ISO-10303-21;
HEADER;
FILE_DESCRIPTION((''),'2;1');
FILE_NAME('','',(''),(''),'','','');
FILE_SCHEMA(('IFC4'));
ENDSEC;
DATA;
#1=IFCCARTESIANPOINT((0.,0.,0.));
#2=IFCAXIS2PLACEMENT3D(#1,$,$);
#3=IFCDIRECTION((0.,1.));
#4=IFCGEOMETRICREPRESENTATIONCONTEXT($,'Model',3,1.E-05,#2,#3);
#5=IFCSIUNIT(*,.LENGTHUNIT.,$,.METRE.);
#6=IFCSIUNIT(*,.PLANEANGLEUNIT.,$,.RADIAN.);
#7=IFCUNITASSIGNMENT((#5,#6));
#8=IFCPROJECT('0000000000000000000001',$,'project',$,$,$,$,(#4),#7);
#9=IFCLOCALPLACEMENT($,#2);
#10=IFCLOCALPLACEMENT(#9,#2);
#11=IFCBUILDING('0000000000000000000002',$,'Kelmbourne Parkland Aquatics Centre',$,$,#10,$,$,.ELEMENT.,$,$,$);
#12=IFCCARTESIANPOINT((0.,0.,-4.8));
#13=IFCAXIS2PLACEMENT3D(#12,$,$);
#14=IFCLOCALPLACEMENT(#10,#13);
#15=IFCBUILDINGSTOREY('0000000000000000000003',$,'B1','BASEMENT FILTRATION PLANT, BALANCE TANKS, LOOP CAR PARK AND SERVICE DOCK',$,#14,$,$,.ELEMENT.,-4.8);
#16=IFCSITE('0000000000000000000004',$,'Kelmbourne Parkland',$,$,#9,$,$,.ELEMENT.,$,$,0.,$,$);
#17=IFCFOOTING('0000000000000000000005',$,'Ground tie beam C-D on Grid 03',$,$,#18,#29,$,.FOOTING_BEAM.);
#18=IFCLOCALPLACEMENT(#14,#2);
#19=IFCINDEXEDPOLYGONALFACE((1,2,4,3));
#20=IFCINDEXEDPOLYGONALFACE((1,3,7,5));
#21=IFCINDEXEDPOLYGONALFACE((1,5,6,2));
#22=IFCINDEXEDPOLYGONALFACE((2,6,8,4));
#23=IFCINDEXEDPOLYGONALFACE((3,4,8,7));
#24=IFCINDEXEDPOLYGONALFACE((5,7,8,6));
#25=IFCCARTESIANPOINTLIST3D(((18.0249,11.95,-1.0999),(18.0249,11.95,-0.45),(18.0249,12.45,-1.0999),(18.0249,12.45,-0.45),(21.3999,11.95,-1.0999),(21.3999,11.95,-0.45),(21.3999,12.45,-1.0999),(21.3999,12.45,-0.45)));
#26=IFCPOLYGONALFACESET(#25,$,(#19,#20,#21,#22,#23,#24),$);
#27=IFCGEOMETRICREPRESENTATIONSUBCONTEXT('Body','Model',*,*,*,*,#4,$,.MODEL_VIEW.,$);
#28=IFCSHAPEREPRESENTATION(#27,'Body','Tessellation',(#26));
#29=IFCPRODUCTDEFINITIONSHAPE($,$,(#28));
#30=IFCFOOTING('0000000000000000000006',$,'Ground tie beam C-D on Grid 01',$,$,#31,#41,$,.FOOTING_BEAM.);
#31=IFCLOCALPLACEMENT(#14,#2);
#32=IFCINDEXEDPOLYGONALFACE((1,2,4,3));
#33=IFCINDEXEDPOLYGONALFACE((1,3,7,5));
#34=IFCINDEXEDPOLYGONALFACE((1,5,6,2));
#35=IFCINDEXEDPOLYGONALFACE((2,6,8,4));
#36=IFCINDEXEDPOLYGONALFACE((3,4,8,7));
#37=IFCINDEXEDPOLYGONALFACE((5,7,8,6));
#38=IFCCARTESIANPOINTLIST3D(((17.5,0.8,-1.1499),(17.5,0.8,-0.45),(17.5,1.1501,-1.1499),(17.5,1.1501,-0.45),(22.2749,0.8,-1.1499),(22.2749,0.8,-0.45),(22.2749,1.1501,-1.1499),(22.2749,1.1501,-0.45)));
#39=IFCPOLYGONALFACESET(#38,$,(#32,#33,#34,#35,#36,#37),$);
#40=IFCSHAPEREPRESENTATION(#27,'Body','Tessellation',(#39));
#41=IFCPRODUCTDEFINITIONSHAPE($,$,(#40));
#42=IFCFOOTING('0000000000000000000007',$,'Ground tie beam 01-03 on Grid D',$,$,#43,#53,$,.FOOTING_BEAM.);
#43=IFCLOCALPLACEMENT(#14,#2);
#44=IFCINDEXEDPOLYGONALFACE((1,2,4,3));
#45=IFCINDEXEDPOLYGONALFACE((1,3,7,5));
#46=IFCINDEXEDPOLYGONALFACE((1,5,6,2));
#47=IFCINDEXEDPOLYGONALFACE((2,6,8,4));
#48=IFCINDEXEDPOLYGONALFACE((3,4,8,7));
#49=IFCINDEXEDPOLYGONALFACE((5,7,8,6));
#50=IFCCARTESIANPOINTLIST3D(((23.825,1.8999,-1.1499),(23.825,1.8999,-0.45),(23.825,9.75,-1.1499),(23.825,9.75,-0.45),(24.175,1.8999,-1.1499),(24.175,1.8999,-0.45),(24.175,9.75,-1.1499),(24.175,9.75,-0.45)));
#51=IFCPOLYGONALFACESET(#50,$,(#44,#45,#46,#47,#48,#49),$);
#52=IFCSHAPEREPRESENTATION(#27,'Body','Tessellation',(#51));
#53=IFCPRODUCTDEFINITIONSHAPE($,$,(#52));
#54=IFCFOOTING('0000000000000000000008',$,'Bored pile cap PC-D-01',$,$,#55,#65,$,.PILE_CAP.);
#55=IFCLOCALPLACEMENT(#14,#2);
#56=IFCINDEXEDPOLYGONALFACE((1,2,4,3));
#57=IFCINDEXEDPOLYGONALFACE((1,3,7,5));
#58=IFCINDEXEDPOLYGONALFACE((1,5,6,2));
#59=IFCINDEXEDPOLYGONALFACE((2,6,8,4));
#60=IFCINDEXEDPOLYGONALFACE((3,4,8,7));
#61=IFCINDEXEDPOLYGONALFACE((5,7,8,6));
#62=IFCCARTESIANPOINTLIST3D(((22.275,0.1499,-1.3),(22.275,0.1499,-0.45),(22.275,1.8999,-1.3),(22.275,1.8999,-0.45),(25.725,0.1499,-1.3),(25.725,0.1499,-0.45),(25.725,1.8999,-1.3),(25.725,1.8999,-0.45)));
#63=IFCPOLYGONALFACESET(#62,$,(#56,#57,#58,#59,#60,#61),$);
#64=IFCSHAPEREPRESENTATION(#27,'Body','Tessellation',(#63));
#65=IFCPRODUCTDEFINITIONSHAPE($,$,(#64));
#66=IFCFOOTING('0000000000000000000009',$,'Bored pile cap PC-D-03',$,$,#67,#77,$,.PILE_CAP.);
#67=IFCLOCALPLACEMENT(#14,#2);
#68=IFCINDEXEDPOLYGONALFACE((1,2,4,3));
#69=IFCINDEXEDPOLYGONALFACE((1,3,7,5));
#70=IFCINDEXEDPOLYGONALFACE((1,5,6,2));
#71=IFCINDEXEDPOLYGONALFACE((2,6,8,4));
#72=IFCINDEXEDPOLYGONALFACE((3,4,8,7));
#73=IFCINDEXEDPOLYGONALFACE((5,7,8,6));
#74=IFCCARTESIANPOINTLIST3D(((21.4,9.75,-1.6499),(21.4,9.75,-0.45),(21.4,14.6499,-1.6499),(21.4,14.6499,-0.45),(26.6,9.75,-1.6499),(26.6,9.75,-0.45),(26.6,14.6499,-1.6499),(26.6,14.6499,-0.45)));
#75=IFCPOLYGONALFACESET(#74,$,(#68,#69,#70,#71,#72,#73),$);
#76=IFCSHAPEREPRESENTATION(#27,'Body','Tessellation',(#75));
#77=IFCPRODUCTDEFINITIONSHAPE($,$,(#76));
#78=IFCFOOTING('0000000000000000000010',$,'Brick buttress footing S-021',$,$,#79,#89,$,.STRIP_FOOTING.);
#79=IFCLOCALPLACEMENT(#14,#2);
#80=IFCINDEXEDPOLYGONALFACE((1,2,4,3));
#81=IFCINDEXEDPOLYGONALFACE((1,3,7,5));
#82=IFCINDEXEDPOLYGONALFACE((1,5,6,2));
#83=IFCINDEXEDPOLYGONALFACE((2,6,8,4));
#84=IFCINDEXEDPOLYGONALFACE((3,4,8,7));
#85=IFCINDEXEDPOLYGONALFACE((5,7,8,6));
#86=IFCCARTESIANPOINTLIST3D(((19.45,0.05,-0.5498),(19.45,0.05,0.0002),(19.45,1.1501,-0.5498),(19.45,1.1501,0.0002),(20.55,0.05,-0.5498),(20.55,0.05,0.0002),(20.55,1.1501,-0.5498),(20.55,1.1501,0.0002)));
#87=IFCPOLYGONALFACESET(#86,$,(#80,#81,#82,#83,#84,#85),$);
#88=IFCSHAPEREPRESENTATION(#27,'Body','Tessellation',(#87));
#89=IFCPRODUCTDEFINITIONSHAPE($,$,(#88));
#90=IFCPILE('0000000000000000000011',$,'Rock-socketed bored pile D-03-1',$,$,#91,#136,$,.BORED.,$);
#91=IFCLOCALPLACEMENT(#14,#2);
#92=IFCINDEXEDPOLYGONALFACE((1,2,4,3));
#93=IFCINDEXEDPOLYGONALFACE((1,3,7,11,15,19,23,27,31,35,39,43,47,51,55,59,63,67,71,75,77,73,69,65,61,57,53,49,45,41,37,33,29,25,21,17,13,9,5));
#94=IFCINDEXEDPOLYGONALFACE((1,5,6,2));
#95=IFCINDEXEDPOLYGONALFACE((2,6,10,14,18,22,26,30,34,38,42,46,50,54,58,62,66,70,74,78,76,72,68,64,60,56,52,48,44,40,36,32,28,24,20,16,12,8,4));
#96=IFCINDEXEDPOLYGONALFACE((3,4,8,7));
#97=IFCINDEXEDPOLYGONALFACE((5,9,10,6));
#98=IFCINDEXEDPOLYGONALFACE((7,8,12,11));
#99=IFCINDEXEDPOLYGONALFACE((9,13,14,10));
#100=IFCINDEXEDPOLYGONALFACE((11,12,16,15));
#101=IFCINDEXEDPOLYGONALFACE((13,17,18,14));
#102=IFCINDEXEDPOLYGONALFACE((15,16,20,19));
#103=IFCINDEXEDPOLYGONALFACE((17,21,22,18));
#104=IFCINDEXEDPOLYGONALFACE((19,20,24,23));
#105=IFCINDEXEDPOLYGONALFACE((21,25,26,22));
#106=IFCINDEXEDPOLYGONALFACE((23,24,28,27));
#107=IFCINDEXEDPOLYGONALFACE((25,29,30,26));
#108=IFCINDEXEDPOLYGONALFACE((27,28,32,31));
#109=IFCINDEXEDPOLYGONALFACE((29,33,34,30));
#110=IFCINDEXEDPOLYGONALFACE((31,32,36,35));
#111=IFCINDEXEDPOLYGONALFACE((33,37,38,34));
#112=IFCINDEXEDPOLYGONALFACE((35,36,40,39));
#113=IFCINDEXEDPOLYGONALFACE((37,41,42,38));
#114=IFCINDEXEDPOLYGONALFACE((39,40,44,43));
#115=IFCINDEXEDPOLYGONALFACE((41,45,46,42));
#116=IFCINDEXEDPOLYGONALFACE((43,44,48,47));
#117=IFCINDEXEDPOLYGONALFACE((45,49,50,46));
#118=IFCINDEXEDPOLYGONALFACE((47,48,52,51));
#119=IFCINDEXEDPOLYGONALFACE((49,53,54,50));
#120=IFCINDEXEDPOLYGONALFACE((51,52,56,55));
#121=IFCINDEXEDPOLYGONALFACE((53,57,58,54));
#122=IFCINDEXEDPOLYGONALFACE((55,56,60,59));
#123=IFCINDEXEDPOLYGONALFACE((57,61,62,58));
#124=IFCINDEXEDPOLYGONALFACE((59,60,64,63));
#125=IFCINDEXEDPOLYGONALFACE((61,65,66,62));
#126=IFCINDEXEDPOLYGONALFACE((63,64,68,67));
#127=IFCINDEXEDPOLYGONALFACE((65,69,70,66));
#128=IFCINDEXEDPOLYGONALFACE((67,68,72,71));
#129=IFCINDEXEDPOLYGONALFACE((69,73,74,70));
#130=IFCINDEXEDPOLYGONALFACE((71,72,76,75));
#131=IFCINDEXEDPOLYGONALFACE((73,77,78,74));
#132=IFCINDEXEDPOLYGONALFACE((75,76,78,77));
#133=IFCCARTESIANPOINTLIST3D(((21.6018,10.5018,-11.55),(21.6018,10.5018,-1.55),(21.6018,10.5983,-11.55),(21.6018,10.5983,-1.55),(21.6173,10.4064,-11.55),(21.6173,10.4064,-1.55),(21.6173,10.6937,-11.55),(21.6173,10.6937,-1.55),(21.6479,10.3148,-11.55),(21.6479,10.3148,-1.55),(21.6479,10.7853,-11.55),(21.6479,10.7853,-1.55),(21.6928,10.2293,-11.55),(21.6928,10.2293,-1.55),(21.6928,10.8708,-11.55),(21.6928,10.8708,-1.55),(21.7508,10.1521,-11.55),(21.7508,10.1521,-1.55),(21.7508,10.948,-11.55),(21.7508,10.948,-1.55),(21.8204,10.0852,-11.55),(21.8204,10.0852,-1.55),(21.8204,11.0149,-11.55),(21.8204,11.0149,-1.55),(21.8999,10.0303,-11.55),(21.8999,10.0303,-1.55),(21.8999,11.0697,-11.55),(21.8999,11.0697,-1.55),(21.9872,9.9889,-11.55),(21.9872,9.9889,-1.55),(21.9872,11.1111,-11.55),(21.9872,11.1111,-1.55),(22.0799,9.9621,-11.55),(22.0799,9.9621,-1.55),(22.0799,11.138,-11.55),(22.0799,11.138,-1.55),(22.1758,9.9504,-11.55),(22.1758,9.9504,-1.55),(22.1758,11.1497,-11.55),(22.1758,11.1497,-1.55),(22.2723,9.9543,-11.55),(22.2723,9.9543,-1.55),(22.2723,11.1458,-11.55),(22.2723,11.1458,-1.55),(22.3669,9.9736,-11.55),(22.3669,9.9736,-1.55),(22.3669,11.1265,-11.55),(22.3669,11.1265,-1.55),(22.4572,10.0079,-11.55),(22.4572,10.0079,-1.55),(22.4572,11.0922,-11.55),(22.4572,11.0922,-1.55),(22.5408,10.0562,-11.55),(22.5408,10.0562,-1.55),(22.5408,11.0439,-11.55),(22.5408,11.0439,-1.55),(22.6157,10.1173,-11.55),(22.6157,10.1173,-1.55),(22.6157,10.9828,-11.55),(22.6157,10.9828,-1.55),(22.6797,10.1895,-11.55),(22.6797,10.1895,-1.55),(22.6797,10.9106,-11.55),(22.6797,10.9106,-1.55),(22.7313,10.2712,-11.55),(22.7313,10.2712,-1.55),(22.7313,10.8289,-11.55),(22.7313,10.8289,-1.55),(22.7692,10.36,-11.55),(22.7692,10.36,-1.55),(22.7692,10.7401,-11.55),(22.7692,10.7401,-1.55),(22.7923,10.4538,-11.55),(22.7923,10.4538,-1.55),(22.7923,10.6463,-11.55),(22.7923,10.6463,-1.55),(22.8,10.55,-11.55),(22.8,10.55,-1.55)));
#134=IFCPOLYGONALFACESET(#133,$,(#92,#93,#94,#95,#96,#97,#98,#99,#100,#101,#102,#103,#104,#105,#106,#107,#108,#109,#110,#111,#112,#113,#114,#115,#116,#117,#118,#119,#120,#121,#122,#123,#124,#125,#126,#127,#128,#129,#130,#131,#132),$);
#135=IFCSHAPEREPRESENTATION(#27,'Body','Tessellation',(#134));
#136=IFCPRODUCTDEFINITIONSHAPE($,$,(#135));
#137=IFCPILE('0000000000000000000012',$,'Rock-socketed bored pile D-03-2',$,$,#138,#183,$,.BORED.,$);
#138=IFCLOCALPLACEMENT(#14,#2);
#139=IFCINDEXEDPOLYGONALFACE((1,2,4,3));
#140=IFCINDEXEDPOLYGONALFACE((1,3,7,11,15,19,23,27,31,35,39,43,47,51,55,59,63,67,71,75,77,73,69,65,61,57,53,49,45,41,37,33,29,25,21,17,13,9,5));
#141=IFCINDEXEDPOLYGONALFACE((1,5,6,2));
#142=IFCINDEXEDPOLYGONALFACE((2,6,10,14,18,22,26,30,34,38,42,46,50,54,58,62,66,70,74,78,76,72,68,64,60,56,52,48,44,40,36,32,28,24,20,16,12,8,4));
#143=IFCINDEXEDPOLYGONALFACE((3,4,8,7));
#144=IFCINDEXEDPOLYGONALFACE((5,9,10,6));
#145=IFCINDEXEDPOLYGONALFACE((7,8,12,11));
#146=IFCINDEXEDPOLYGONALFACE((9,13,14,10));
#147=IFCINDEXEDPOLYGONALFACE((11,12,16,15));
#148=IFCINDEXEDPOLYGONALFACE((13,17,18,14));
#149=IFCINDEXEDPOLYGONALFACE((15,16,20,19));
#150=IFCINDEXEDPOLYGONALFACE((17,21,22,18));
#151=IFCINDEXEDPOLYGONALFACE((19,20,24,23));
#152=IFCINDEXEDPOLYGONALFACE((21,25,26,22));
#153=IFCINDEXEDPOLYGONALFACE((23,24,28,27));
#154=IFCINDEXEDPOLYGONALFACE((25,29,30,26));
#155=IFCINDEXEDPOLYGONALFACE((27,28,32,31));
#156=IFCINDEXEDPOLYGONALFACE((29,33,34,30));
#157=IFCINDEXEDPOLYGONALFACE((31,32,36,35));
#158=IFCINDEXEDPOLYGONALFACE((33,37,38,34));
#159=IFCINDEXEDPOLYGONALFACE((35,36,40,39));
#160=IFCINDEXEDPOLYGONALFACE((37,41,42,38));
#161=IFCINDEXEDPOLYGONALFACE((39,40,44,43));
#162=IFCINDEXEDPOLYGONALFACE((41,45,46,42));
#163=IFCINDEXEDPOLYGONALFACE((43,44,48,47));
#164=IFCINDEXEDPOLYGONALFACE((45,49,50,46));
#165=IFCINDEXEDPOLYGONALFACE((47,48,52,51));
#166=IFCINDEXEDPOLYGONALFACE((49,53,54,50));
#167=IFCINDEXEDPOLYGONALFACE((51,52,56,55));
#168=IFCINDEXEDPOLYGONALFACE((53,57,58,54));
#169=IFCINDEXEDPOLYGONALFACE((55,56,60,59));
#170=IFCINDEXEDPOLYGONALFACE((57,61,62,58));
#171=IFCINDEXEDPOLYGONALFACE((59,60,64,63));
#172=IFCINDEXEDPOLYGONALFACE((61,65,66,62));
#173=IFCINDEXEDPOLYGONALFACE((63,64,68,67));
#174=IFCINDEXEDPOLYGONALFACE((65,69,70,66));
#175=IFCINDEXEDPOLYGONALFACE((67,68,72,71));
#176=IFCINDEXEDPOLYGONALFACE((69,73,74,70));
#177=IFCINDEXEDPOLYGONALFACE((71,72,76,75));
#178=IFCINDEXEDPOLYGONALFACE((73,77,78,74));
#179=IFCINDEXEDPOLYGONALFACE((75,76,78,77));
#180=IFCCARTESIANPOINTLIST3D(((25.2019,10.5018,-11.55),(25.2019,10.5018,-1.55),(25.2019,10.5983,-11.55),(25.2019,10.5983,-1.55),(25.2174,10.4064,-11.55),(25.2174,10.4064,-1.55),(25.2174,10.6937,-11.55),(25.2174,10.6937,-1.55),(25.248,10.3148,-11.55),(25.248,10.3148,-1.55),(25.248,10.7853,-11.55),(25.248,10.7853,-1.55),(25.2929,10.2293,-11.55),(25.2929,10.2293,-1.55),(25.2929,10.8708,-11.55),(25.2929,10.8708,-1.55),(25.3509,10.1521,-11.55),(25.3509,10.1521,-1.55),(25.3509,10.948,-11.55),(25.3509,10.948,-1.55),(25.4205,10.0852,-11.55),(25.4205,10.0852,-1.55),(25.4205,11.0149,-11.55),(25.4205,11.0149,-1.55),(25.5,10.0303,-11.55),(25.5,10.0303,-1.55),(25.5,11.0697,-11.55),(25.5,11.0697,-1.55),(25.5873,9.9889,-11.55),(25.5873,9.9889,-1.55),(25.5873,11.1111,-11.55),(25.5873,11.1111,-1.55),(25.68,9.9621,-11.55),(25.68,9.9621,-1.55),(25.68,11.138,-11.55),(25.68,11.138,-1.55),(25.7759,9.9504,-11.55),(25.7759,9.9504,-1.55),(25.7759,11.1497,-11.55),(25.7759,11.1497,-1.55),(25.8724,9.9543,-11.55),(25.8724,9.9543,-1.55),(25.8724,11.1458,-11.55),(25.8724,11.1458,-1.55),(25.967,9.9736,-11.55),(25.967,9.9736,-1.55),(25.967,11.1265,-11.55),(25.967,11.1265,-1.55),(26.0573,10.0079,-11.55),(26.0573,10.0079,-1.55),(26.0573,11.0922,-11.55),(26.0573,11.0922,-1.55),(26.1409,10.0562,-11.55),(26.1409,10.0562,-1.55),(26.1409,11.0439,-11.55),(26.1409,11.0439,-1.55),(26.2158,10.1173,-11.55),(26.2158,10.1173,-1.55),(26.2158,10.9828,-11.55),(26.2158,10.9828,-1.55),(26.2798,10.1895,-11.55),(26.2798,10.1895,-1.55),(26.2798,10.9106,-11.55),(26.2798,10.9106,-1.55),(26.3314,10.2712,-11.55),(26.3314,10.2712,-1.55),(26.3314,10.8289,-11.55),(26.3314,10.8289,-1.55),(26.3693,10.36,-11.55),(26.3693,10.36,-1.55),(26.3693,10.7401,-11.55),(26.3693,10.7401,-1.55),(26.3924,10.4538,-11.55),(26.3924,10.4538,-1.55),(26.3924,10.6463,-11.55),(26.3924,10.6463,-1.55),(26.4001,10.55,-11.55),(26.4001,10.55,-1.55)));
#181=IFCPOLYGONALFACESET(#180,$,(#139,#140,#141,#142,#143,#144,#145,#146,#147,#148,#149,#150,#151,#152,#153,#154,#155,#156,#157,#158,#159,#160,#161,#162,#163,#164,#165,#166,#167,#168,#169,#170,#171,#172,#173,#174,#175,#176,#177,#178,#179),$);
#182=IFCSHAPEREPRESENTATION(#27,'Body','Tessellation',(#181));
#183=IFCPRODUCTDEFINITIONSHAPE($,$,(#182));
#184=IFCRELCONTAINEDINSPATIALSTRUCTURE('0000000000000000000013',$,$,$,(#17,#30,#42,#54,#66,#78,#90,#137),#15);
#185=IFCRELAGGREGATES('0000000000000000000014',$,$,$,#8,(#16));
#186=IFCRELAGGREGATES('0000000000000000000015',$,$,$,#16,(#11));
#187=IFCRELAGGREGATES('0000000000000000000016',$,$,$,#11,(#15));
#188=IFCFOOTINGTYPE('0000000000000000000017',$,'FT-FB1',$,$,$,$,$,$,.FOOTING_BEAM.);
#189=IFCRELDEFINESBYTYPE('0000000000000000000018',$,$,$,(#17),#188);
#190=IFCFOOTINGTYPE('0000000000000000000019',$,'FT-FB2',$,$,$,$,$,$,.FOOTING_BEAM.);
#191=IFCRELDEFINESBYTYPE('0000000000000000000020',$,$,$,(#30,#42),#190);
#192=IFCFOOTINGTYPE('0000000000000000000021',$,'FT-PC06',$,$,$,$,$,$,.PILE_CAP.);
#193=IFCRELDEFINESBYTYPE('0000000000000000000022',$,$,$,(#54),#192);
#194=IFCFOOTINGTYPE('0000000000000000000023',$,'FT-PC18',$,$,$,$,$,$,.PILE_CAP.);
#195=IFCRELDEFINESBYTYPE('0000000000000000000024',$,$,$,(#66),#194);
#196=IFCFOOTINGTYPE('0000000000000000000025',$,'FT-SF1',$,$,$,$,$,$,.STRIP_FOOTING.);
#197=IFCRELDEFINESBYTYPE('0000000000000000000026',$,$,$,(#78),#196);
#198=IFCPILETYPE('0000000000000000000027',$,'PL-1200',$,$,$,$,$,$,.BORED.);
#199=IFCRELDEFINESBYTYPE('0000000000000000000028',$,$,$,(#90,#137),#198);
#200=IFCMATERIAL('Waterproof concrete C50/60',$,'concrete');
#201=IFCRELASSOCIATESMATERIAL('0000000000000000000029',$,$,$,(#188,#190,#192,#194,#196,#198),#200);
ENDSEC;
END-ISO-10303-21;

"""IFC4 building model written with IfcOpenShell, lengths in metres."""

from ifc_helpers import new_model, si_unit, direction, frame, origin, origin_2d, place, context, subcontext, project, spatial, rectangle, circle, extrude, material, material_profile, profile_set, type_object, element, save


model = new_model("IFC4")

# Units and contexts
model_context = context("Model", 3, precision=1e-05, world=origin(), true_north=direction((0.0, 1.0)))
body_context = subcontext(model_context, "Body", "Model", "MODEL_VIEW")
ifc_project = project(units=[si_unit("LENGTHUNIT", "METRE"), si_unit("PLANEANGLEUNIT", "RADIAN")], contexts=[model_context])

# Site, building, storey
site_placement = place(None, origin())
site = spatial("IfcSite", under=ifc_project, at=site_placement, Name="Kelmbourne Parkland", CompositionType="ELEMENT", RefElevation=0.0)
building_placement = place(site_placement, origin())
building = spatial("IfcBuilding", under=site, at=building_placement, Name="Kelmbourne Parkland Aquatics Centre", CompositionType="ELEMENT")
storey_placement = place(building_placement, frame((0.0, 0.0, -4.8)))
storey = spatial("IfcBuildingStorey", under=building, at=storey_placement, Name="B1", Description="BASEMENT FILTRATION PLANT, BALANCE TANKS, LOOP CAR PARK AND SERVICE DOCK", CompositionType="ELEMENT", Elevation=-4.8)

# Footings
ifc_material_1 = material(Name="Waterproof concrete C50/60", Category="concrete")
footing_type_1 = type_object("IfcFootingType", Name="FT-FB1", PredefinedType="FOOTING_BEAM", material=ifc_material_1)
footing_1_placement = place(storey_placement, frame((19.7124, 12.2, -1.0999), z_axis=(0.0, 0.0, 1.0), x_axis=(1.0, 0.0, 0.0)))
element("IfcFooting", 1, at=footing_1_placement, inside=storey, type_object=footing_type_1, Name="Ground tie beam C-D on Grid 03", PredefinedType="FOOTING_BEAM", context=body_context, shape_type="SweptSolid", body=[
    extrude(rectangle(XDim=3.375, YDim=0.5, at=origin_2d()), origin(), (0.0, 0.0, 1.0), 0.6499),
])
footing_type_2 = type_object("IfcFootingType", Name="FT-FB2", PredefinedType="FOOTING_BEAM", material=ifc_material_1)
footing_2_placement = place(storey_placement, frame((19.8875, 0.9751, -1.1499), z_axis=(0.0, 0.0, 1.0), x_axis=(1.0, 0.0, 0.0)))
element("IfcFooting", 2, at=footing_2_placement, inside=storey, type_object=footing_type_2, Name="Ground tie beam C-D on Grid 01", PredefinedType="FOOTING_BEAM", context=body_context, shape_type="SweptSolid", body=[
    extrude(rectangle(XDim=4.7749, YDim=0.3501, at=origin_2d()), origin(), (0.0, 0.0, 1.0), 0.7),
])
footing_3_placement = place(storey_placement, frame((24.0, 5.825, -1.1499), z_axis=(0.0, 0.0, 1.0), x_axis=(0.0, 1.0, 0.0)))
element("IfcFooting", 3, at=footing_3_placement, inside=storey, type_object=footing_type_2, Name="Ground tie beam 01-03 on Grid D", PredefinedType="FOOTING_BEAM", context=body_context, shape_type="SweptSolid", body=[
    extrude(rectangle(XDim=7.8501, YDim=0.3501, at=origin_2d()), origin(), (0.0, 0.0, 1.0), 0.7),
])
footing_type_3 = type_object("IfcFootingType", Name="FT-PC06", PredefinedType="PILE_CAP", material=ifc_material_1)
footing_4_placement = place(storey_placement, frame((24.0, 1.0249, -1.3), z_axis=(0.0, 0.0, 1.0), x_axis=(1.0, 0.0, 0.0)))
element("IfcFooting", 4, at=footing_4_placement, inside=storey, type_object=footing_type_3, Name="Bored pile cap PC-D-01", PredefinedType="PILE_CAP", context=body_context, shape_type="SweptSolid", body=[
    extrude(rectangle(XDim=3.45, YDim=1.75, at=origin_2d()), origin(), (0.0, 0.0, 1.0), 0.8501),
])
footing_type_4 = type_object("IfcFootingType", Name="FT-PC18", PredefinedType="PILE_CAP", material=ifc_material_1)
footing_5_placement = place(storey_placement, frame((24.0, 12.2, -1.6499), z_axis=(0.0, 0.0, 1.0), x_axis=(1.0, 0.0, 0.0)))
element("IfcFooting", 5, at=footing_5_placement, inside=storey, type_object=footing_type_4, Name="Bored pile cap PC-D-03", PredefinedType="PILE_CAP", context=body_context, shape_type="SweptSolid", body=[
    extrude(rectangle(XDim=5.2, YDim=4.8999, at=origin_2d()), origin(), (0.0, 0.0, 1.0), 1.2),
])
footing_type_5 = type_object("IfcFootingType", Name="FT-SF1", PredefinedType="STRIP_FOOTING", material=ifc_material_1)
footing_6_placement = place(storey_placement, frame((20.0, 0.6001, -0.5498), z_axis=(0.0, 0.0, 1.0), x_axis=(1.0, 0.0, 0.0)))
element("IfcFooting", 6, at=footing_6_placement, inside=storey, type_object=footing_type_5, Name="Brick buttress footing S-021", PredefinedType="STRIP_FOOTING", context=body_context, shape_type="SweptSolid", body=[
    extrude(rectangle(XDim=1.1001, YDim=1.1001, at=origin_2d()), origin(), (0.0, 0.0, 1.0), 0.55),
])

# Piles
ifc_material_profile_1 = material_profile(ifc_material_1, circle(Radius=0.6001, at=origin_2d()), Name="PILE D1200")
ifc_profile_set_1 = profile_set([ifc_material_profile_1], Name="Waterproof concrete C50/60")
pile_type_1 = type_object("IfcPileType", Name="PL-1200", PredefinedType="BORED", material=ifc_profile_set_1)
for number, where, z_axis, x_axis, name in (
    (7, (22.2, 10.55, -1.55), (0.0, 0.0, -1.0), (1.0, 0.0, 0.0), "Rock-socketed bored pile D-03-1"),
    (8, (25.8, 10.55, -1.55), (0.0, 0.0, -1.0), (1.0, 0.0, 0.0), "Rock-socketed bored pile D-03-2"),
):
    element("IfcPile", number, at=place(storey_placement, frame(where, z_axis=z_axis, x_axis=x_axis)), inside=storey, type_object=pile_type_1, Name=name, PredefinedType="BORED", context=body_context, shape_type="SweptSolid", body=[
        extrude(circle(Radius=0.6001, at=origin_2d()), origin(), (0.0, 0.0, 1.0), 10.0),
    ])

save(model, "model.ifc")
